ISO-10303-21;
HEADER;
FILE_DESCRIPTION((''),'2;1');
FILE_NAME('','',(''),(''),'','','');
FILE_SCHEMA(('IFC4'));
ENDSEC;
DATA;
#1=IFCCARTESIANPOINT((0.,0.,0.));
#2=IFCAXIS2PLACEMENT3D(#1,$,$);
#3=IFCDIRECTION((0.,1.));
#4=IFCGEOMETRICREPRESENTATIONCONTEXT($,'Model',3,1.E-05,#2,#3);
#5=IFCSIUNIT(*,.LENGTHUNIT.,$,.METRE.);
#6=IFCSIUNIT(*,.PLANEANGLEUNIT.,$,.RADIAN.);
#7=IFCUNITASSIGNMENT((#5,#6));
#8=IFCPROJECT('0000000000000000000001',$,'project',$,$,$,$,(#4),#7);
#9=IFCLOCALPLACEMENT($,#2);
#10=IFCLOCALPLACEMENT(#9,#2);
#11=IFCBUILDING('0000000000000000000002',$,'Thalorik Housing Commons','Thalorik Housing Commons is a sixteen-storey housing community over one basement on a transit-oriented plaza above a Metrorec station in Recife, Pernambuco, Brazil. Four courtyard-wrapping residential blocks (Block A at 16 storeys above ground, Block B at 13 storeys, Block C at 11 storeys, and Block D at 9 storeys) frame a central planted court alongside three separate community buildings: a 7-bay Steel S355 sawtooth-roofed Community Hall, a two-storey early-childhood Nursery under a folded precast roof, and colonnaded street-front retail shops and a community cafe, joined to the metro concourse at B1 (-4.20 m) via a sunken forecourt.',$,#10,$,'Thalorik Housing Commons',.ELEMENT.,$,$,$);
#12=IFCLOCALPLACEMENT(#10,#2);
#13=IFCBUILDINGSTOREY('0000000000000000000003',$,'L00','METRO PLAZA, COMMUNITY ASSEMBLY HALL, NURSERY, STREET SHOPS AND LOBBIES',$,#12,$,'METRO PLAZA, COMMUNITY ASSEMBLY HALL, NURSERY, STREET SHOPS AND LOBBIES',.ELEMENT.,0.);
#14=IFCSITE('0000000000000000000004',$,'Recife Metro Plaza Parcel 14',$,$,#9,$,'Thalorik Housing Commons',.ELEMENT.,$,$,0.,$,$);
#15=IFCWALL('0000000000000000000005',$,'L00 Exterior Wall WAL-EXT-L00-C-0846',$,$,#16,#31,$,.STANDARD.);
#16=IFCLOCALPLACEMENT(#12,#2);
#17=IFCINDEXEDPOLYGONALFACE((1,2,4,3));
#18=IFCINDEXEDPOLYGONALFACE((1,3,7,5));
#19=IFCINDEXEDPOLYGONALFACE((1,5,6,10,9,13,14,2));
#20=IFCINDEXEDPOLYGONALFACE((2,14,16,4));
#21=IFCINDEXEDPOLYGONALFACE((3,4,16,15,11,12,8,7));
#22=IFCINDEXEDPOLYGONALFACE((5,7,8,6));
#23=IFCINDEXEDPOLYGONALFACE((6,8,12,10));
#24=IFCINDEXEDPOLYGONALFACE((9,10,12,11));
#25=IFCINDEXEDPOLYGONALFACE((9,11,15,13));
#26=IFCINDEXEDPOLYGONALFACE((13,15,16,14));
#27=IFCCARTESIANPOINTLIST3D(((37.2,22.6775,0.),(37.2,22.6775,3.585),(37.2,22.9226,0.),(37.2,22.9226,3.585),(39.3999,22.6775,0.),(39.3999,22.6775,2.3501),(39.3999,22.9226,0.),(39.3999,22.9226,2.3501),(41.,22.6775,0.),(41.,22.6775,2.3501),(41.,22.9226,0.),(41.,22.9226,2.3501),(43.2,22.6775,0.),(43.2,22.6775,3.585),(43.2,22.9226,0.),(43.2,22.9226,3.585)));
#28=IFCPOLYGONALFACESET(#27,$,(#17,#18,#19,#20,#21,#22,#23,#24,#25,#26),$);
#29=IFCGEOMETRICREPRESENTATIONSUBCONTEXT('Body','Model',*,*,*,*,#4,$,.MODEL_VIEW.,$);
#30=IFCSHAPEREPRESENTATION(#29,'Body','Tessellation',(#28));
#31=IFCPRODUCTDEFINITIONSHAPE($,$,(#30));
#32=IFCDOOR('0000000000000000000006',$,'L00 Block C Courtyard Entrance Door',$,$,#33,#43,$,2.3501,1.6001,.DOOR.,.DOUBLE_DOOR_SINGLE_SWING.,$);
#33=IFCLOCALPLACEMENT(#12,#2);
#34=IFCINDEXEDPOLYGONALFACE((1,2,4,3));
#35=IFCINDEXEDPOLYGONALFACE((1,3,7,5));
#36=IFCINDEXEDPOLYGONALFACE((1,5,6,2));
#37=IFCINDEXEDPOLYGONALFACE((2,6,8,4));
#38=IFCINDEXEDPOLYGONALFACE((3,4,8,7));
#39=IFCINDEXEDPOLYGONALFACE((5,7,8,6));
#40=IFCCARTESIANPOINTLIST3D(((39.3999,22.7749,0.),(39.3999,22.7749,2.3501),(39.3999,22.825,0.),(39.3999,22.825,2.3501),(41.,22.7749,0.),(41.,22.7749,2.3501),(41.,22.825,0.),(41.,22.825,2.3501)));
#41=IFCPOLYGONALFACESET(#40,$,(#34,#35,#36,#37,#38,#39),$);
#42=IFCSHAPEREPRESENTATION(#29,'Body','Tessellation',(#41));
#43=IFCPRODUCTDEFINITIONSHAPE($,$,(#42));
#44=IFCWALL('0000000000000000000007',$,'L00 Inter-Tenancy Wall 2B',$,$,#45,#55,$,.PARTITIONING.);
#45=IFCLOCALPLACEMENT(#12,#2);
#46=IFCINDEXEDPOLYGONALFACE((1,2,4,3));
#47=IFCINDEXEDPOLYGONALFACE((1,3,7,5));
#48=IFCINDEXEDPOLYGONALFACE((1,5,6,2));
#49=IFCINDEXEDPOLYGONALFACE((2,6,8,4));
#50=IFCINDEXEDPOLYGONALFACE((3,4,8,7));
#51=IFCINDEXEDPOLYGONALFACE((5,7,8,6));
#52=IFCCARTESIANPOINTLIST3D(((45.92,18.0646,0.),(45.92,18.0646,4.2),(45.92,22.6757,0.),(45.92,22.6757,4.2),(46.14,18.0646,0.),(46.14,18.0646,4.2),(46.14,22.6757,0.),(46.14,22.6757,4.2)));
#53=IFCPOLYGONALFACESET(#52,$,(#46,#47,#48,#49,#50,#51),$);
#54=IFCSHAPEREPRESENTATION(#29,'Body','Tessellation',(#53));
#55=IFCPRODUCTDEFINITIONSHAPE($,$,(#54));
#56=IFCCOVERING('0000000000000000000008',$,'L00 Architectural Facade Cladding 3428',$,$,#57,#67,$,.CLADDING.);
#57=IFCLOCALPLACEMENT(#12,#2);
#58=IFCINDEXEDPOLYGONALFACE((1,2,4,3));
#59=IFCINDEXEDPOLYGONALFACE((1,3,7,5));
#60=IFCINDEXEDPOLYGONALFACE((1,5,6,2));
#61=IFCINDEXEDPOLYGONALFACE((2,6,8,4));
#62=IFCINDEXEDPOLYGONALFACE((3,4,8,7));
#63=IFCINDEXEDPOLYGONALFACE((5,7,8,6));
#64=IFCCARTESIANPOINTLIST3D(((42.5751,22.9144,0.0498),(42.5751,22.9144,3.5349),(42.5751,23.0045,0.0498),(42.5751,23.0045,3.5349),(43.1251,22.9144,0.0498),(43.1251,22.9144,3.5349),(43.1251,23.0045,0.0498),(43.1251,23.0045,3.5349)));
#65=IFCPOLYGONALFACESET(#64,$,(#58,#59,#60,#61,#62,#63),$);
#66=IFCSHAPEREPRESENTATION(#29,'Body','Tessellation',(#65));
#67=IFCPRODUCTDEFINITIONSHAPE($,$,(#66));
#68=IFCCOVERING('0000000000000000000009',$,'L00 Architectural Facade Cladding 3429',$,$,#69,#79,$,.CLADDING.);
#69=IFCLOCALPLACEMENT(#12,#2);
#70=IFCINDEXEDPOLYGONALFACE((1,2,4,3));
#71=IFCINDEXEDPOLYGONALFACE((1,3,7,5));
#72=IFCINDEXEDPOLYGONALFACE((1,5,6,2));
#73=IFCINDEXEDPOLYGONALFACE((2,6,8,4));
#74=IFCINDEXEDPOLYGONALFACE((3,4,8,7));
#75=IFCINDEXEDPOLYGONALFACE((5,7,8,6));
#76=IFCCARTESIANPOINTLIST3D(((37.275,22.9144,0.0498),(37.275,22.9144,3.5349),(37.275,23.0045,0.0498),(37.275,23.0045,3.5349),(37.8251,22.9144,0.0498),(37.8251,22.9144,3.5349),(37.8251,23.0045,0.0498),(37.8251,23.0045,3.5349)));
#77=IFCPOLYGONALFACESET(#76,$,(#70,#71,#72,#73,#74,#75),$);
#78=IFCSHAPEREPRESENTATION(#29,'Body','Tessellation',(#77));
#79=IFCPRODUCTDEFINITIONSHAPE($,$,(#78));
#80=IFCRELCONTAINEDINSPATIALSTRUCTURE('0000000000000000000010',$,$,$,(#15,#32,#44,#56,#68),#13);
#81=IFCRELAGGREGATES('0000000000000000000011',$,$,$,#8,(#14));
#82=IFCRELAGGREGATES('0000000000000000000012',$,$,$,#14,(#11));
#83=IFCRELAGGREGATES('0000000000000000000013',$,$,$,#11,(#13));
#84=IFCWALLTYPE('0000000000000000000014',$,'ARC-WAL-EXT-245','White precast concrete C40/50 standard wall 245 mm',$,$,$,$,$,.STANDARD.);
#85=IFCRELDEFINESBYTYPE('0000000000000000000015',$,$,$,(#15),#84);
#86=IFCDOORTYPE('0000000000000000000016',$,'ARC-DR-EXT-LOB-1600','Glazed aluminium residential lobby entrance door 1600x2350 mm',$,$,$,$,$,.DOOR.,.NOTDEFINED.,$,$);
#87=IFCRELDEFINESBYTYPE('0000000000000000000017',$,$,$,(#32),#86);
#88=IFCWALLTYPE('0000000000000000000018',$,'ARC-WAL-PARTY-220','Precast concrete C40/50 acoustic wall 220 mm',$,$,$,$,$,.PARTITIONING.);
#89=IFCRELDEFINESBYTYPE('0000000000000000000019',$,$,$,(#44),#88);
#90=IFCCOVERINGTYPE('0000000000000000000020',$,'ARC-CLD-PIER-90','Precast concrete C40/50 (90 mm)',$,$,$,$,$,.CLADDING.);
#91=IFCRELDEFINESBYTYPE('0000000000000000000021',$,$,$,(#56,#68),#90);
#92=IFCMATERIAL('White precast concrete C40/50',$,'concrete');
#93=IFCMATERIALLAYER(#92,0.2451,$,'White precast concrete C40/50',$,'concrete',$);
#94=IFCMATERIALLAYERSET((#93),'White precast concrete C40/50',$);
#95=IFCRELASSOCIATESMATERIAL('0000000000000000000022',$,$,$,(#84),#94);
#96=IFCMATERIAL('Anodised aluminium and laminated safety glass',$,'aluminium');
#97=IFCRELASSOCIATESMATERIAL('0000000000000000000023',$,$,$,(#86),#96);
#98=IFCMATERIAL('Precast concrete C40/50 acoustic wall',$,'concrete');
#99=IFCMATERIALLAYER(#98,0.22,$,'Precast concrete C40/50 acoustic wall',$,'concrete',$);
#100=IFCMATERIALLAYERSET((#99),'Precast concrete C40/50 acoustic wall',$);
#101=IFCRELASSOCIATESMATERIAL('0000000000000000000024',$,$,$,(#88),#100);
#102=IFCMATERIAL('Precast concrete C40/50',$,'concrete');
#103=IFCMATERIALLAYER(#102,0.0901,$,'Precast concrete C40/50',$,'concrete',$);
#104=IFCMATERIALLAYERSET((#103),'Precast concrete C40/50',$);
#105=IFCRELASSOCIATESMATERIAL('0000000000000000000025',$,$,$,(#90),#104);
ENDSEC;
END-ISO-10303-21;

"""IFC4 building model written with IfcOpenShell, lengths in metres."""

from ifc_helpers import new_model, si_unit, direction, frame, frame_2d, origin, origin_2d, place, context, subcontext, project, spatial, rectangle, extrude, material, layer, layer_set, type_object, element, fill, save


model = new_model("IFC4")

# Units and contexts
model_context = context("Model", 3, precision=1e-05, world=origin(), true_north=direction((0.0, 1.0)))
body_context = subcontext(model_context, "Body", "Model", "MODEL_VIEW")
ifc_project = project(units=[si_unit("LENGTHUNIT", "METRE"), si_unit("PLANEANGLEUNIT", "RADIAN")], contexts=[model_context])

# Site, building, storey
site_placement = place(None, origin())
site = spatial("IfcSite", under=ifc_project, at=site_placement, Name="Recife Metro Plaza Parcel 14", LongName="Thalorik Housing Commons", CompositionType="ELEMENT", RefElevation=0.0)
building_placement = place(site_placement, origin())
building = spatial("IfcBuilding", under=site, at=building_placement, Name="Thalorik Housing Commons", Description="Thalorik Housing Commons is a sixteen-storey housing community over one basement on a transit-oriented plaza above a Metrorec station in Recife, Pernambuco, Brazil. Four courtyard-wrapping residential blocks (Block A at 16 storeys above ground, Block B at 13 storeys, Block C at 11 storeys, and Block D at 9 storeys) frame a central planted court alongside three separate community buildings: a 7-bay Steel S355 sawtooth-roofed Community Hall, a two-storey early-childhood Nursery under a folded precast roof, and colonnaded street-front retail shops and a community cafe, joined to the metro concourse at B1 (-4.20 m) via a sunken forecourt.", LongName="Thalorik Housing Commons", CompositionType="ELEMENT")
storey_placement = place(building_placement, origin())
storey = spatial("IfcBuildingStorey", under=building, at=storey_placement, Name="L00", Description="METRO PLAZA, COMMUNITY ASSEMBLY HALL, NURSERY, STREET SHOPS AND LOBBIES", LongName="METRO PLAZA, COMMUNITY ASSEMBLY HALL, NURSERY, STREET SHOPS AND LOBBIES", CompositionType="ELEMENT", Elevation=0.0)

# Shared definitions
ifc_material_1 = material(Name="Precast concrete C40/50", Category="concrete")

# Shared definitions
ifc_material_2 = material(Name="White precast concrete C40/50", Category="concrete")
ifc_layer_1 = layer(ifc_material_2, 0.2451, Name="White precast concrete C40/50", Category="concrete")
ifc_layer_set_1 = layer_set([ifc_layer_1], Name="White precast concrete C40/50")
wall_type_1 = type_object("IfcWallType", Name="ARC-WAL-EXT-245", Description="White precast concrete C40/50 standard wall 245 mm", PredefinedType="STANDARD", material=ifc_layer_set_1)

# Wall, opening, door
wall_1_placement = place(storey_placement, frame((43.2, 22.8, 0.0), z_axis=(0.0, 0.0, 1.0), x_axis=(-1.0, 0.0, 0.0)))
wall_1 = element("IfcWall", 1, at=wall_1_placement, inside=storey, type_object=wall_type_1, Name="L00 Exterior Wall WAL-EXT-L00-C-0846", PredefinedType="STANDARD", context=body_context, shape_type="SweptSolid", body=[
    extrude(rectangle(XDim=6.0, YDim=0.2451, at=frame_2d((3.0, 0.0))), origin(), (0.0, 0.0, 1.0), 3.585),
])
opening_1_placement = place(wall_1_placement, frame((2.2, 0.0, 0.0)))
opening_1 = element("IfcOpeningElement", 2, at=opening_1_placement, cuts=wall_1, PredefinedType="OPENING", context=body_context, shape_type="SweptSolid", body=[
    extrude(rectangle(XDim=1.6001, YDim=2.3501, at=frame_2d((0.8, 1.175))), frame((0.0, 0.1326, 0.0), z_axis=(0.0, -1.0, 0.0), x_axis=(1.0, 0.0, 0.0)), (0.0, 0.0, 1.0), 0.2651),
])
ifc_material_3 = material(Name="Anodised aluminium and laminated safety glass", Category="aluminium")
door_type = type_object("IfcDoorType", Name="ARC-DR-EXT-LOB-1600", Description="Glazed aluminium residential lobby entrance door 1600x2350 mm", OperationType="NOTDEFINED", PredefinedType="DOOR", material=ifc_material_3)
door_placement = place(opening_1_placement, frame((1.6001, 0.0, 0.0), z_axis=(0.0, 0.0, 1.0), x_axis=(-1.0, 0.0, 0.0)))
door = element("IfcDoor", 3, at=door_placement, inside=storey, type_object=door_type, Name="L00 Block C Courtyard Entrance Door", OperationType="DOUBLE_DOOR_SINGLE_SWING", OverallHeight=2.3501, OverallWidth=1.6001, PredefinedType="DOOR", context=body_context, shape_type="SweptSolid", body=[
    extrude(rectangle(XDim=1.6001, YDim=2.3501, at=frame_2d((0.8, 1.175))), frame((0.0, 0.0249, 0.0), z_axis=(0.0, -1.0, 0.0), x_axis=(1.0, 0.0, 0.0)), (0.0, 0.0, 1.0), 0.05),
])
fill(opening_1, door)

# Wall
ifc_material_4 = material(Name="Precast concrete C40/50 acoustic wall", Category="concrete")
ifc_layer_2 = layer(ifc_material_4, 0.22, Name="Precast concrete C40/50 acoustic wall", Category="concrete")
ifc_layer_set_2 = layer_set([ifc_layer_2], Name="Precast concrete C40/50 acoustic wall")
wall_type_2 = type_object("IfcWallType", Name="ARC-WAL-PARTY-220", Description="Precast concrete C40/50 acoustic wall 220 mm", PredefinedType="PARTITIONING", material=ifc_layer_set_2)
wall_2_placement = place(storey_placement, frame((46.03, 18.0645, 0.0), z_axis=(0.0, 0.0, 1.0), x_axis=(0.0, 1.0, 0.0)))
element("IfcWall", 4, at=wall_2_placement, inside=storey, type_object=wall_type_2, Name="L00 Inter-Tenancy Wall 2B", PredefinedType="PARTITIONING", context=body_context, shape_type="SweptSolid", body=[
    extrude(rectangle(XDim=4.6111, YDim=0.22, at=frame_2d((2.3057, 0.0))), origin(), (0.0, 0.0, 1.0), 4.2),
])

# Coverings
ifc_layer_3 = layer(ifc_material_1, 0.0901, Name="Precast concrete C40/50", Category="concrete")
ifc_layer_set_3 = layer_set([ifc_layer_3], Name="Precast concrete C40/50")
covering_type = type_object("IfcCoveringType", Name="ARC-CLD-PIER-90", Description="Precast concrete C40/50 (90 mm)", PredefinedType="CLADDING", material=ifc_layer_set_3)
for number, where, z_axis, x_axis, name in (
    (5, (42.8501, 22.9595, 0.0498), (0.0, 0.0, 1.0), (-1.0, 0.0, 0.0), "L00 Architectural Facade Cladding 3428"),
    (6, (37.55, 22.9595, 0.0498), (0.0, 0.0, 1.0), (-1.0, 0.0, 0.0), "L00 Architectural Facade Cladding 3429"),
):
    element("IfcCovering", number, at=place(storey_placement, frame(where, z_axis=z_axis, x_axis=x_axis)), inside=storey, type_object=covering_type, Name=name, PredefinedType="CLADDING", context=body_context, shape_type="SweptSolid", body=[
        extrude(rectangle(XDim=0.55, YDim=0.0901, at=origin_2d()), origin(), (0.0, 0.0, 1.0), 3.4851),
    ])

save(model, "model.ifc")
